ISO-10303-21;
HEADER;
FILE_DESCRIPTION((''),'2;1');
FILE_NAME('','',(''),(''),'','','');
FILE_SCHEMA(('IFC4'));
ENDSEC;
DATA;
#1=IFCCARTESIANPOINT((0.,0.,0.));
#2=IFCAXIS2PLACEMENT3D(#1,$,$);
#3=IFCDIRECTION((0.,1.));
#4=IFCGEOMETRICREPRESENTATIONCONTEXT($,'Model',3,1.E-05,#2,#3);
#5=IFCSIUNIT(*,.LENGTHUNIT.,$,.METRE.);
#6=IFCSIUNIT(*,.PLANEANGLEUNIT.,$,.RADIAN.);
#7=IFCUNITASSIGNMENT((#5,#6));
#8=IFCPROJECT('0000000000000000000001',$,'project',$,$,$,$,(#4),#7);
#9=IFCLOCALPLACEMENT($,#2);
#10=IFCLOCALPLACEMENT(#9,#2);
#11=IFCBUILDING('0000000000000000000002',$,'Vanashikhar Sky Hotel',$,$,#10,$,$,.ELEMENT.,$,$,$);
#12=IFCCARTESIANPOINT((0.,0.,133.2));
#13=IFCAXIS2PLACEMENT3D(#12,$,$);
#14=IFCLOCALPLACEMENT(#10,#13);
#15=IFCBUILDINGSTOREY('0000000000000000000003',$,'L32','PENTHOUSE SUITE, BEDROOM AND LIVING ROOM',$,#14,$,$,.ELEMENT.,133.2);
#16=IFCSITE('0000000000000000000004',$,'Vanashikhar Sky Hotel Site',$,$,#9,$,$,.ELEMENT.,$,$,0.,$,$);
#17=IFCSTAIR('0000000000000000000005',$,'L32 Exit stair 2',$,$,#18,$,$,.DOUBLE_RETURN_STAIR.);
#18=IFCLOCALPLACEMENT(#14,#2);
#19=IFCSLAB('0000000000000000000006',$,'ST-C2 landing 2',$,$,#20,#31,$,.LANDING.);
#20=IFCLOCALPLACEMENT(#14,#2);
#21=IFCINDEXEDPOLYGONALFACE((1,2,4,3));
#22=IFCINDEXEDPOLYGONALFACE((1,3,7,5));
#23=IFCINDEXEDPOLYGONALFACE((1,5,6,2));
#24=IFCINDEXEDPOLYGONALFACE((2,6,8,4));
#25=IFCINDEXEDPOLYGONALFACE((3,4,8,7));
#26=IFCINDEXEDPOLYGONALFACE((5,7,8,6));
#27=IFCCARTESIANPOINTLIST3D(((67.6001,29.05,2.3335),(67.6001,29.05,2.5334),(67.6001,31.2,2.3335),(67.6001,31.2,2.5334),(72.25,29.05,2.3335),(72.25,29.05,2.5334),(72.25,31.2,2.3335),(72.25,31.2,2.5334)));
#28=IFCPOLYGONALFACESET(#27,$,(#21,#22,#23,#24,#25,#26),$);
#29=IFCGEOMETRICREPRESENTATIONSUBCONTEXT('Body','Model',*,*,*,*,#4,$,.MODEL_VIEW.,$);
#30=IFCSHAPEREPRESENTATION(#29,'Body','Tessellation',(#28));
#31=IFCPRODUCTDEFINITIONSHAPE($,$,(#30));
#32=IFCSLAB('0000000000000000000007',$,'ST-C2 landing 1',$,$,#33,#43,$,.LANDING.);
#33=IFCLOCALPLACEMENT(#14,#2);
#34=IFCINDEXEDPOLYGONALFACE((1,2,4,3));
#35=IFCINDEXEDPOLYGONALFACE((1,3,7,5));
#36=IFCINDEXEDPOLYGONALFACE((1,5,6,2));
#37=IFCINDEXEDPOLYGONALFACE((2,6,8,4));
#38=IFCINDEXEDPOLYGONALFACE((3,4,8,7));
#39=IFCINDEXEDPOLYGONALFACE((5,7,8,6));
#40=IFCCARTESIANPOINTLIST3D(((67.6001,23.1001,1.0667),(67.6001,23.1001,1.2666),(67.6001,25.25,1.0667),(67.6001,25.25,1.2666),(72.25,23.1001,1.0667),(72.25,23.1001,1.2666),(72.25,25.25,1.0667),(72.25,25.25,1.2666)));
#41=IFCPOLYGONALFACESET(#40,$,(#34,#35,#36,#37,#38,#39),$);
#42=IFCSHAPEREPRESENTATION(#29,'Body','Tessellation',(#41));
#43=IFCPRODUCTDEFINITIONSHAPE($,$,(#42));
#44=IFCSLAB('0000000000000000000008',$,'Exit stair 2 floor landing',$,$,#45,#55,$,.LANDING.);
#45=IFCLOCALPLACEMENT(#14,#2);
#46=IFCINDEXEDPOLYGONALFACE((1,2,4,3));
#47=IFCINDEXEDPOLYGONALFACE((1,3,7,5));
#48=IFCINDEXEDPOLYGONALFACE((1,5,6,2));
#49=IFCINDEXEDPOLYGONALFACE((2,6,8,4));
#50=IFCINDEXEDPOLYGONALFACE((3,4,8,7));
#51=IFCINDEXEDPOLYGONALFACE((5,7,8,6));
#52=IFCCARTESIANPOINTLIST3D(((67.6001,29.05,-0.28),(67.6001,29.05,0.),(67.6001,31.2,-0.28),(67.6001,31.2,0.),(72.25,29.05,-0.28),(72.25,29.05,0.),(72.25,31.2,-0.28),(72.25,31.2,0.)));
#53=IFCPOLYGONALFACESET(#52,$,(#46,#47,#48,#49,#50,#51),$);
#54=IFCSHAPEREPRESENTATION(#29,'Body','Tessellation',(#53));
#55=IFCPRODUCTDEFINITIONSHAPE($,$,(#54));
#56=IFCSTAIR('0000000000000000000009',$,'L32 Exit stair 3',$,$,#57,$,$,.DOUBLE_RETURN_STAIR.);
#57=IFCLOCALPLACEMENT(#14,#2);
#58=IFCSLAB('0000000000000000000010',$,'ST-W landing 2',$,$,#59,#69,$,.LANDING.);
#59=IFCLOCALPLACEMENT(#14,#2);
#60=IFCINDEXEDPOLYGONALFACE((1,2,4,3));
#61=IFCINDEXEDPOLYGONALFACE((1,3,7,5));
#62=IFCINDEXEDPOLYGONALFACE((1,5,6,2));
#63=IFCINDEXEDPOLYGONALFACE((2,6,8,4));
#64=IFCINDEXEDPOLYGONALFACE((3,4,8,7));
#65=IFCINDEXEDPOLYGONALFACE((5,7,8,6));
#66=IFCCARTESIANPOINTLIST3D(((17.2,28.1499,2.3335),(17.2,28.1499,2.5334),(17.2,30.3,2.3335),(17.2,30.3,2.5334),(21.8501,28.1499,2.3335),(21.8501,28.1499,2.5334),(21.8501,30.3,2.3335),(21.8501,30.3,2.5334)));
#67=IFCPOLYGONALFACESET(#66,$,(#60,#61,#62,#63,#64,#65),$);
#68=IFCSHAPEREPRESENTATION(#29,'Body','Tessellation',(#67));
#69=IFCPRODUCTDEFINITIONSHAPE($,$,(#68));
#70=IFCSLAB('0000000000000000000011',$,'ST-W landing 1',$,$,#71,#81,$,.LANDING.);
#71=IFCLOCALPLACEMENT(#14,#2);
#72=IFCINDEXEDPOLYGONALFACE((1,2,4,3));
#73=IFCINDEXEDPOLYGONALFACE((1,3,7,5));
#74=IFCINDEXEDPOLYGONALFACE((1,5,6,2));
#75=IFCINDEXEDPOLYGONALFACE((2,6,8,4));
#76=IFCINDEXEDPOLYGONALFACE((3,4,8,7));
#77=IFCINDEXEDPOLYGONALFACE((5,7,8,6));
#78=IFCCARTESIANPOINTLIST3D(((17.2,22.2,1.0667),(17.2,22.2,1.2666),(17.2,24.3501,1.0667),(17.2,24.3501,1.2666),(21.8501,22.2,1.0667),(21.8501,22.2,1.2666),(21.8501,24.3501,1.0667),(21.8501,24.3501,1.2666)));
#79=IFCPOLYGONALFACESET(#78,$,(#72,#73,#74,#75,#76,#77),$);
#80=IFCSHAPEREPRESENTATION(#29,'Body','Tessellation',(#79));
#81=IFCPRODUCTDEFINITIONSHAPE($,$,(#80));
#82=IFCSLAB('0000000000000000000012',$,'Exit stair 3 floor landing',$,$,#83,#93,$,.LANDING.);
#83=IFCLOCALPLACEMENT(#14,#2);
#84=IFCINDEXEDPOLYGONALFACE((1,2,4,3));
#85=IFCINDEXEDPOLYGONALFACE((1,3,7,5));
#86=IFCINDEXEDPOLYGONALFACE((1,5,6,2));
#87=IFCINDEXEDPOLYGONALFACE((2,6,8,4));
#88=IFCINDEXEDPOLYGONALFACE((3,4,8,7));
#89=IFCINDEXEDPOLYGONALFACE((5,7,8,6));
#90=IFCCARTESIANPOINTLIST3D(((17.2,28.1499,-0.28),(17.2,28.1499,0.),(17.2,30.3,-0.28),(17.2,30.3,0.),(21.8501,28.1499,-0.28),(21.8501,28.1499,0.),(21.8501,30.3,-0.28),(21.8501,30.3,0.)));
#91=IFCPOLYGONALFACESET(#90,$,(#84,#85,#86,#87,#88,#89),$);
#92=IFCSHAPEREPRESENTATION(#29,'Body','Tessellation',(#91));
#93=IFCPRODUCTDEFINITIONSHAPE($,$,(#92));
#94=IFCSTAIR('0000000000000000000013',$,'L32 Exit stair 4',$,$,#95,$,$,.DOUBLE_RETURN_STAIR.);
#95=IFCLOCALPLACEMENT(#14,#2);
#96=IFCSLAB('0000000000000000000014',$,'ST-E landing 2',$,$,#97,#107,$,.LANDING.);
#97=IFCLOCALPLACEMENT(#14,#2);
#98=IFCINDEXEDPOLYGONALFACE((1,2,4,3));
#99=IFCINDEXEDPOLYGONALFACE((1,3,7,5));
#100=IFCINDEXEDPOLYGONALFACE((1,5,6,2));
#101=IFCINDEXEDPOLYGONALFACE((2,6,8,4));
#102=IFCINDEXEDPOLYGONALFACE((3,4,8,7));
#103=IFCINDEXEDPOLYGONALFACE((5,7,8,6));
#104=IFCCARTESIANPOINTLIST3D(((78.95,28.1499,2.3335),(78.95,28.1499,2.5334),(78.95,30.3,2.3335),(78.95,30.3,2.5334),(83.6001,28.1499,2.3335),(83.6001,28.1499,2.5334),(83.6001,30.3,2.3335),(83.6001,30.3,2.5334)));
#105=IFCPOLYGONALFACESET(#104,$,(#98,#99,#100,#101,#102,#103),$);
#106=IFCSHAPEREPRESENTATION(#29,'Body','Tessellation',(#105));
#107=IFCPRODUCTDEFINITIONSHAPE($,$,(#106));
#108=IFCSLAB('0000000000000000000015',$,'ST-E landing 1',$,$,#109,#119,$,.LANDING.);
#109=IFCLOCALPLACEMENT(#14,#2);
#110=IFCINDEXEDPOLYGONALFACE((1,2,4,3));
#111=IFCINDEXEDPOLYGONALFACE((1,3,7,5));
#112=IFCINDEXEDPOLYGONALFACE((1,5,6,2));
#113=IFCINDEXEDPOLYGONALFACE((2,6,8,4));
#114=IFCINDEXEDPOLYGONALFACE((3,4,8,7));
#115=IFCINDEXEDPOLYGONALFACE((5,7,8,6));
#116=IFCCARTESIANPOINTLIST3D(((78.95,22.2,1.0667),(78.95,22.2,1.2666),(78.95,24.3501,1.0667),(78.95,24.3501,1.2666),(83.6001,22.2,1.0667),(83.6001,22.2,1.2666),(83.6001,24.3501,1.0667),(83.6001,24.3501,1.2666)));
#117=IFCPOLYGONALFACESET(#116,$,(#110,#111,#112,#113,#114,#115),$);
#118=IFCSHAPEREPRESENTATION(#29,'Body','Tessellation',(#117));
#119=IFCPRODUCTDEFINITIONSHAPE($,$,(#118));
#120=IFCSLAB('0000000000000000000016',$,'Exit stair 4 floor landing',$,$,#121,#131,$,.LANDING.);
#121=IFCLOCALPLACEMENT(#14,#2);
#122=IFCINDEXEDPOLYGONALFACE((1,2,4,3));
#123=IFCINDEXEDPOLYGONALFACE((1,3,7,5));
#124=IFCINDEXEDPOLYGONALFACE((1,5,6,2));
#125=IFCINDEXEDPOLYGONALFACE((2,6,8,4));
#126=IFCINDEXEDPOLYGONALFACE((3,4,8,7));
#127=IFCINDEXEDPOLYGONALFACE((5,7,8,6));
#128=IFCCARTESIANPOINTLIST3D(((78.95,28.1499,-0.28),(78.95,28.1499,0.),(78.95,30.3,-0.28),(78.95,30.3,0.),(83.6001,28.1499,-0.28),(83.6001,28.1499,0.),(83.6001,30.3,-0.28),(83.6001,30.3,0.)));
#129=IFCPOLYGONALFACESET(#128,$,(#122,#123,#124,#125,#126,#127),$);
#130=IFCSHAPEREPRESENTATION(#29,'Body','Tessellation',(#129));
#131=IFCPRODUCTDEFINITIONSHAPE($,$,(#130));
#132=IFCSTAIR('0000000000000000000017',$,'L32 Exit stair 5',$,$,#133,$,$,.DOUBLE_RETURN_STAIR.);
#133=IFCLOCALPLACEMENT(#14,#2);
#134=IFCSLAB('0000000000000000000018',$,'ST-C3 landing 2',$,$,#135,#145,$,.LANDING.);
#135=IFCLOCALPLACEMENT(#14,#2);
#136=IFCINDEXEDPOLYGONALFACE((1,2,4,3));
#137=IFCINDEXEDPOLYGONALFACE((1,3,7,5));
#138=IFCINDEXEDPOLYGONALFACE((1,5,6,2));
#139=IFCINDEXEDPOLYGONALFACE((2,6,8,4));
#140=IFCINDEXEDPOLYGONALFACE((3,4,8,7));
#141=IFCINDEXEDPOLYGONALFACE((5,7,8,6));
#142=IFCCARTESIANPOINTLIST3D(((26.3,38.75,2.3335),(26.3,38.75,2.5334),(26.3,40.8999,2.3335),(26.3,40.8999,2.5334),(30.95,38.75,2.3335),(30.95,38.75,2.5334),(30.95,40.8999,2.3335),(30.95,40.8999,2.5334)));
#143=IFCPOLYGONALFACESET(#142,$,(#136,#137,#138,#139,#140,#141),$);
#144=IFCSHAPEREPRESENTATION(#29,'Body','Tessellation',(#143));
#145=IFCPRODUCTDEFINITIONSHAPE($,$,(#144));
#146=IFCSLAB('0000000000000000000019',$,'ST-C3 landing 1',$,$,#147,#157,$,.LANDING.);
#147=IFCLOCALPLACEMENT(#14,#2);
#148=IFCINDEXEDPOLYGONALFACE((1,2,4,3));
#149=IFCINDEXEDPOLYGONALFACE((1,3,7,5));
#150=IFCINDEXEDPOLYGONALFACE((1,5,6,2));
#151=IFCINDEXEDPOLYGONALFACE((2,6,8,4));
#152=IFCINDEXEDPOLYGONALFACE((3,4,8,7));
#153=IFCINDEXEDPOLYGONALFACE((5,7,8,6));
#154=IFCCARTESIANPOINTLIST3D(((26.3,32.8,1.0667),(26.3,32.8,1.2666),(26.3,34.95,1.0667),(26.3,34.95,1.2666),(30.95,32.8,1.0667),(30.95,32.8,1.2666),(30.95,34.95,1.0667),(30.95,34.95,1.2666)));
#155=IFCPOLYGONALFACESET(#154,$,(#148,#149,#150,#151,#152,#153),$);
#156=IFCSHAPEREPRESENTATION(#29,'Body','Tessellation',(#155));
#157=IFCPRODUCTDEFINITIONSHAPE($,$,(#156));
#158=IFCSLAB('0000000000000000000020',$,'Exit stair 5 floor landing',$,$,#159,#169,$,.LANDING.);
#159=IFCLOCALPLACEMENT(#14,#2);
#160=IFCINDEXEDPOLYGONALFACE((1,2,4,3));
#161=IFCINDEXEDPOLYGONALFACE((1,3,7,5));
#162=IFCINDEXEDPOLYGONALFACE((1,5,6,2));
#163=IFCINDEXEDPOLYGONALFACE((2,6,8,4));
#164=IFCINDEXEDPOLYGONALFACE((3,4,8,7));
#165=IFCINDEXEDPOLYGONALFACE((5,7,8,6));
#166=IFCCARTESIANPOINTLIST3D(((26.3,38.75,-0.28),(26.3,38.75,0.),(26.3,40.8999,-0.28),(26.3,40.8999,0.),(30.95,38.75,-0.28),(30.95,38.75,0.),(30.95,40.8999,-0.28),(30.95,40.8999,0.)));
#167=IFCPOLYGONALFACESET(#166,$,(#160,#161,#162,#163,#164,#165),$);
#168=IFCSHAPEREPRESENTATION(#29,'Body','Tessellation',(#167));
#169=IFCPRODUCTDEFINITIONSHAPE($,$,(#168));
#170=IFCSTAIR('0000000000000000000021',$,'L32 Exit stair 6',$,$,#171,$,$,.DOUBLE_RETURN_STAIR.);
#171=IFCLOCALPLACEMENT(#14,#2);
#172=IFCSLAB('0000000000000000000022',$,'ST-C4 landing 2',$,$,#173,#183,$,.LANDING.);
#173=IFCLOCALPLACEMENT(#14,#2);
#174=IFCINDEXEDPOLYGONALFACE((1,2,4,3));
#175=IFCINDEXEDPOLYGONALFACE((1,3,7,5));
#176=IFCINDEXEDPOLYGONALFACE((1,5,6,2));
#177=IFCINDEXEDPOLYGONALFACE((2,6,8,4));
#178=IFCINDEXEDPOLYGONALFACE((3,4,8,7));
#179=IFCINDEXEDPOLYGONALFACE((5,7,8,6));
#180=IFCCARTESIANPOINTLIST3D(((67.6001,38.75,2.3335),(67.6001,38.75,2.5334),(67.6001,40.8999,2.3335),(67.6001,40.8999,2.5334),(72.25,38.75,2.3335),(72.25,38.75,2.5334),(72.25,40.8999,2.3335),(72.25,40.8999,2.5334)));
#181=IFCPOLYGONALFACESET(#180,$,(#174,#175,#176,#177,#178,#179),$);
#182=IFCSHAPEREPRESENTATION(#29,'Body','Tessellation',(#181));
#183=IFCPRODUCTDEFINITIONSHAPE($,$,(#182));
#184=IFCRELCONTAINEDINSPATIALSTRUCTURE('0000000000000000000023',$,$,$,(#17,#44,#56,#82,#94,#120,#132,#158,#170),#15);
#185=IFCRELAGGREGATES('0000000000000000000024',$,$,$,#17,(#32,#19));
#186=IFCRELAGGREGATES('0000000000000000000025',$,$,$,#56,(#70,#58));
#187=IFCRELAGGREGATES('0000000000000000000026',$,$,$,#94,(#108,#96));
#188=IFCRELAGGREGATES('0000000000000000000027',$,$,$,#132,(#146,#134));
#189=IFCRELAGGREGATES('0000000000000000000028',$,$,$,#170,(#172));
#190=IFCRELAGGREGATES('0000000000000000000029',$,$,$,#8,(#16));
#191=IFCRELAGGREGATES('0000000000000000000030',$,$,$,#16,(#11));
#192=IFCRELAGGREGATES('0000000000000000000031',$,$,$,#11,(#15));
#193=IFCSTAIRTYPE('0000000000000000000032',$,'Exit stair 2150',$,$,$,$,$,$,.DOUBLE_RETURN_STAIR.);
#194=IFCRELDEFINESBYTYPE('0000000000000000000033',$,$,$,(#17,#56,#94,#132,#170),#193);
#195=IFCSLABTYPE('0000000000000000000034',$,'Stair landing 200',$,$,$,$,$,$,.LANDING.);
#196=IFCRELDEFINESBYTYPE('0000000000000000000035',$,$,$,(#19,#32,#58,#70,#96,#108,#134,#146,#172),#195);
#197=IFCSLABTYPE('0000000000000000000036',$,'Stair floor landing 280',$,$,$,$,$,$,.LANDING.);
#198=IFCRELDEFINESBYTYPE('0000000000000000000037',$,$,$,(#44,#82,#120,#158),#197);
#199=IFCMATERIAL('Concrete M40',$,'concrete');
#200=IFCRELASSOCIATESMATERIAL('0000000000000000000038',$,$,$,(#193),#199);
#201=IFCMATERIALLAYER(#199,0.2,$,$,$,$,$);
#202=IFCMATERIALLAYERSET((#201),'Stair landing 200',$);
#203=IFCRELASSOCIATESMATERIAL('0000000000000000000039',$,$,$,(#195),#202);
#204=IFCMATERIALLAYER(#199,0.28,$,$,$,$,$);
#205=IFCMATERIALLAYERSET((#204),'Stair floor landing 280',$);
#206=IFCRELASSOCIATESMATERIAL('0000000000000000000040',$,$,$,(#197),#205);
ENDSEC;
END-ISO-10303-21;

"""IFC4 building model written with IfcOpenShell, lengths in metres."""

from ifc_helpers import new_model, si_unit, direction, frame, origin, place, context, subcontext, project, spatial, polyline, outline, extrude, source, transform, mapped, material, layer, layer_set, type_object, element, aggregate, save


model = new_model("IFC4")

# Units and contexts
model_context = context("Model", 3, precision=1e-05, world=origin(), true_north=direction((0.0, 1.0)))
body_context = subcontext(model_context, "Body", "Model", "MODEL_VIEW")
ifc_project = project(units=[si_unit("LENGTHUNIT", "METRE"), si_unit("PLANEANGLEUNIT", "RADIAN")], contexts=[model_context])

# Site, building, storey
site_placement = place(None, origin())
site = spatial("IfcSite", under=ifc_project, at=site_placement, Name="Vanashikhar Sky Hotel Site", CompositionType="ELEMENT", RefElevation=0.0)
building_placement = place(site_placement, origin())
building = spatial("IfcBuilding", under=site, at=building_placement, Name="Vanashikhar Sky Hotel", CompositionType="ELEMENT")
storey_placement = place(building_placement, frame((0.0, 0.0, 133.2)))
storey = spatial("IfcBuildingStorey", under=building, at=storey_placement, Name="L32", Description="PENTHOUSE SUITE, BEDROOM AND LIVING ROOM", CompositionType="ELEMENT", Elevation=133.2)

# Shared definitions
ifc_material_1 = material(Name="Concrete M40", Category="concrete")

# Shared definitions
stair_type = type_object("IfcStairType", Name="Exit stair 2150", PredefinedType="DOUBLE_RETURN_STAIR", material=ifc_material_1)
ifc_layer_1 = layer(ifc_material_1, 0.2)
ifc_layer_set_1 = layer_set([ifc_layer_1], Name="Stair landing 200")
slab_type_1 = type_object("IfcSlabType", Name="Stair landing 200", PredefinedType="LANDING", material=ifc_layer_set_1)

# Shared definitions
ifc_layer_2 = layer(ifc_material_1, 0.28)
ifc_layer_set_2 = layer_set([ifc_layer_2], Name="Stair floor landing 280")
slab_type_2 = type_object("IfcSlabType", Name="Stair floor landing 280", PredefinedType="LANDING", material=ifc_layer_set_2)

# Stair, slabs
stair_1_placement = place(storey_placement, origin())
stair_1 = element("IfcStair", 1, at=stair_1_placement, inside=storey, type_object=stair_type, Name="L32 Exit stair 2", PredefinedType="DOUBLE_RETURN_STAIR")
shared_shape_1 = source(origin(), body_context, "Body", "SweptSolid", [
    extrude(outline(polyline([(72.25, 29.05), (72.25, 31.2), (67.6001, 31.2), (67.6001, 29.05), (72.25, 29.05)])), origin(), (0.0, 0.0, 1.0), 0.2),
])
slab_1_placement = place(storey_placement, frame((0.0, 0.0, 2.3335)))
slab_1 = element("IfcSlab", 2, at=slab_1_placement, type_object=slab_type_1, Name="ST-C2 landing 2", PredefinedType="LANDING", context=body_context, shape_type="MappedRepresentation", body=[
    mapped(shared_shape_1, transform((0.0, 0.0, 0.0), scale=1.0)),
])
shared_shape_2 = source(origin(), body_context, "Body", "SweptSolid", [
    extrude(outline(polyline([(72.25, 23.1001), (72.25, 25.25), (67.6001, 25.25), (67.6001, 23.1001), (72.25, 23.1001)])), origin(), (0.0, 0.0, 1.0), 0.2),
])
slab_2_placement = place(storey_placement, frame((0.0, 0.0, 1.0667)))
slab_2 = element("IfcSlab", 3, at=slab_2_placement, type_object=slab_type_1, Name="ST-C2 landing 1", PredefinedType="LANDING", context=body_context, shape_type="MappedRepresentation", body=[
    mapped(shared_shape_2, transform((0.0, 0.0, 0.0), scale=1.0)),
])
aggregate(stair_1, [slab_2, slab_1])

# Slab
shared_shape_3 = source(origin(), body_context, "Body", "SweptSolid", [
    extrude(outline(polyline([(72.25, 29.05), (72.25, 31.2), (67.6001, 31.2), (67.6001, 29.05), (72.25, 29.05)])), origin(), (0.0, 0.0, 1.0), 0.28),
])
slab_3_placement = place(storey_placement, frame((0.0, 0.0, -0.28)))
element("IfcSlab", 4, at=slab_3_placement, inside=storey, type_object=slab_type_2, Name="Exit stair 2 floor landing", PredefinedType="LANDING", context=body_context, shape_type="MappedRepresentation", body=[
    mapped(shared_shape_3, transform((0.0, 0.0, 0.0), scale=1.0)),
])

# Stair, slabs
stair_2_placement = place(storey_placement, origin())
stair_2 = element("IfcStair", 5, at=stair_2_placement, inside=storey, type_object=stair_type, Name="L32 Exit stair 3", PredefinedType="DOUBLE_RETURN_STAIR")
shared_shape_4 = source(origin(), body_context, "Body", "SweptSolid", [
    extrude(outline(polyline([(21.8501, 28.1499), (21.8501, 30.3), (17.2, 30.3), (17.2, 28.1499), (21.8501, 28.1499)])), origin(), (0.0, 0.0, 1.0), 0.2),
])
slab_4_placement = place(storey_placement, frame((0.0, 0.0, 2.3335)))
slab_4 = element("IfcSlab", 6, at=slab_4_placement, type_object=slab_type_1, Name="ST-W landing 2", PredefinedType="LANDING", context=body_context, shape_type="MappedRepresentation", body=[
    mapped(shared_shape_4, transform((0.0, 0.0, 0.0), scale=1.0)),
])
shared_shape_5 = source(origin(), body_context, "Body", "SweptSolid", [
    extrude(outline(polyline([(21.8501, 22.2), (21.8501, 24.3501), (17.2, 24.3501), (17.2, 22.2), (21.8501, 22.2)])), origin(), (0.0, 0.0, 1.0), 0.2),
])
slab_5_placement = place(storey_placement, frame((0.0, 0.0, 1.0667)))
slab_5 = element("IfcSlab", 7, at=slab_5_placement, type_object=slab_type_1, Name="ST-W landing 1", PredefinedType="LANDING", context=body_context, shape_type="MappedRepresentation", body=[
    mapped(shared_shape_5, transform((0.0, 0.0, 0.0), scale=1.0)),
])
aggregate(stair_2, [slab_5, slab_4])

# Slab
shared_shape_6 = source(origin(), body_context, "Body", "SweptSolid", [
    extrude(outline(polyline([(21.8501, 28.1499), (21.8501, 30.3), (17.2, 30.3), (17.2, 28.1499), (21.8501, 28.1499)])), origin(), (0.0, 0.0, 1.0), 0.28),
])
slab_6_placement = place(storey_placement, frame((0.0, 0.0, -0.28)))
element("IfcSlab", 8, at=slab_6_placement, inside=storey, type_object=slab_type_2, Name="Exit stair 3 floor landing", PredefinedType="LANDING", context=body_context, shape_type="MappedRepresentation", body=[
    mapped(shared_shape_6, transform((0.0, 0.0, 0.0), scale=1.0)),
])

# Stair, slabs
stair_3_placement = place(storey_placement, origin())
stair_3 = element("IfcStair", 9, at=stair_3_placement, inside=storey, type_object=stair_type, Name="L32 Exit stair 4", PredefinedType="DOUBLE_RETURN_STAIR")
shared_shape_7 = source(origin(), body_context, "Body", "SweptSolid", [
    extrude(outline(polyline([(83.6001, 28.1499), (83.6001, 30.3), (78.95, 30.3), (78.95, 28.1499), (83.6001, 28.1499)])), origin(), (0.0, 0.0, 1.0), 0.2),
])
slab_7_placement = place(storey_placement, frame((0.0, 0.0, 2.3335)))
slab_7 = element("IfcSlab", 10, at=slab_7_placement, type_object=slab_type_1, Name="ST-E landing 2", PredefinedType="LANDING", context=body_context, shape_type="MappedRepresentation", body=[
    mapped(shared_shape_7, transform((0.0, 0.0, 0.0), scale=1.0)),
])
shared_shape_8 = source(origin(), body_context, "Body", "SweptSolid", [
    extrude(outline(polyline([(83.6001, 22.2), (83.6001, 24.3501), (78.95, 24.3501), (78.95, 22.2), (83.6001, 22.2)])), origin(), (0.0, 0.0, 1.0), 0.2),
])
slab_8_placement = place(storey_placement, frame((0.0, 0.0, 1.0667)))
slab_8 = element("IfcSlab", 11, at=slab_8_placement, type_object=slab_type_1, Name="ST-E landing 1", PredefinedType="LANDING", context=body_context, shape_type="MappedRepresentation", body=[
    mapped(shared_shape_8, transform((0.0, 0.0, 0.0), scale=1.0)),
])
aggregate(stair_3, [slab_8, slab_7])

# Slab
shared_shape_9 = source(origin(), body_context, "Body", "SweptSolid", [
    extrude(outline(polyline([(83.6001, 28.1499), (83.6001, 30.3), (78.95, 30.3), (78.95, 28.1499), (83.6001, 28.1499)])), origin(), (0.0, 0.0, 1.0), 0.28),
])
slab_9_placement = place(storey_placement, frame((0.0, 0.0, -0.28)))
element("IfcSlab", 12, at=slab_9_placement, inside=storey, type_object=slab_type_2, Name="Exit stair 4 floor landing", PredefinedType="LANDING", context=body_context, shape_type="MappedRepresentation", body=[
    mapped(shared_shape_9, transform((0.0, 0.0, 0.0), scale=1.0)),
])

# Stair, slabs
stair_4_placement = place(storey_placement, origin())
stair_4 = element("IfcStair", 13, at=stair_4_placement, inside=storey, type_object=stair_type, Name="L32 Exit stair 5", PredefinedType="DOUBLE_RETURN_STAIR")
shared_shape_10 = source(origin(), body_context, "Body", "SweptSolid", [
    extrude(outline(polyline([(30.95, 38.75), (30.95, 40.8999), (26.3, 40.8999), (26.3, 38.75), (30.95, 38.75)])), origin(), (0.0, 0.0, 1.0), 0.2),
])
slab_10_placement = place(storey_placement, frame((0.0, 0.0, 2.3335)))
slab_10 = element("IfcSlab", 14, at=slab_10_placement, type_object=slab_type_1, Name="ST-C3 landing 2", PredefinedType="LANDING", context=body_context, shape_type="MappedRepresentation", body=[
    mapped(shared_shape_10, transform((0.0, 0.0, 0.0), scale=1.0)),
])
shared_shape_11 = source(origin(), body_context, "Body", "SweptSolid", [
    extrude(outline(polyline([(30.95, 32.8), (30.95, 34.95), (26.3, 34.95), (26.3, 32.8), (30.95, 32.8)])), origin(), (0.0, 0.0, 1.0), 0.2),
])
slab_11_placement = place(storey_placement, frame((0.0, 0.0, 1.0667)))
slab_11 = element("IfcSlab", 15, at=slab_11_placement, type_object=slab_type_1, Name="ST-C3 landing 1", PredefinedType="LANDING", context=body_context, shape_type="MappedRepresentation", body=[
    mapped(shared_shape_11, transform((0.0, 0.0, 0.0), scale=1.0)),
])
aggregate(stair_4, [slab_11, slab_10])

# Slab
shared_shape_12 = source(origin(), body_context, "Body", "SweptSolid", [
    extrude(outline(polyline([(30.95, 38.75), (30.95, 40.8999), (26.3, 40.8999), (26.3, 38.75), (30.95, 38.75)])), origin(), (0.0, 0.0, 1.0), 0.28),
])
slab_12_placement = place(storey_placement, frame((0.0, 0.0, -0.28)))
element("IfcSlab", 16, at=slab_12_placement, inside=storey, type_object=slab_type_2, Name="Exit stair 5 floor landing", PredefinedType="LANDING", context=body_context, shape_type="MappedRepresentation", body=[
    mapped(shared_shape_12, transform((0.0, 0.0, 0.0), scale=1.0)),
])

# Stair, slab
stair_5_placement = place(storey_placement, origin())
stair_5 = element("IfcStair", 17, at=stair_5_placement, inside=storey, type_object=stair_type, Name="L32 Exit stair 6", PredefinedType="DOUBLE_RETURN_STAIR")
shared_shape_13 = source(origin(), body_context, "Body", "SweptSolid", [
    extrude(outline(polyline([(72.25, 38.75), (72.25, 40.8999), (67.6001, 40.8999), (67.6001, 38.75), (72.25, 38.75)])), origin(), (0.0, 0.0, 1.0), 0.2),
])
slab_13_placement = place(storey_placement, frame((0.0, 0.0, 2.3335)))
slab_13 = element("IfcSlab", 18, at=slab_13_placement, type_object=slab_type_1, Name="ST-C4 landing 2", PredefinedType="LANDING", context=body_context, shape_type="MappedRepresentation", body=[
    mapped(shared_shape_13, transform((0.0, 0.0, 0.0), scale=1.0)),
])
aggregate(stair_5, [slab_13])

save(model, "model.ifc")
